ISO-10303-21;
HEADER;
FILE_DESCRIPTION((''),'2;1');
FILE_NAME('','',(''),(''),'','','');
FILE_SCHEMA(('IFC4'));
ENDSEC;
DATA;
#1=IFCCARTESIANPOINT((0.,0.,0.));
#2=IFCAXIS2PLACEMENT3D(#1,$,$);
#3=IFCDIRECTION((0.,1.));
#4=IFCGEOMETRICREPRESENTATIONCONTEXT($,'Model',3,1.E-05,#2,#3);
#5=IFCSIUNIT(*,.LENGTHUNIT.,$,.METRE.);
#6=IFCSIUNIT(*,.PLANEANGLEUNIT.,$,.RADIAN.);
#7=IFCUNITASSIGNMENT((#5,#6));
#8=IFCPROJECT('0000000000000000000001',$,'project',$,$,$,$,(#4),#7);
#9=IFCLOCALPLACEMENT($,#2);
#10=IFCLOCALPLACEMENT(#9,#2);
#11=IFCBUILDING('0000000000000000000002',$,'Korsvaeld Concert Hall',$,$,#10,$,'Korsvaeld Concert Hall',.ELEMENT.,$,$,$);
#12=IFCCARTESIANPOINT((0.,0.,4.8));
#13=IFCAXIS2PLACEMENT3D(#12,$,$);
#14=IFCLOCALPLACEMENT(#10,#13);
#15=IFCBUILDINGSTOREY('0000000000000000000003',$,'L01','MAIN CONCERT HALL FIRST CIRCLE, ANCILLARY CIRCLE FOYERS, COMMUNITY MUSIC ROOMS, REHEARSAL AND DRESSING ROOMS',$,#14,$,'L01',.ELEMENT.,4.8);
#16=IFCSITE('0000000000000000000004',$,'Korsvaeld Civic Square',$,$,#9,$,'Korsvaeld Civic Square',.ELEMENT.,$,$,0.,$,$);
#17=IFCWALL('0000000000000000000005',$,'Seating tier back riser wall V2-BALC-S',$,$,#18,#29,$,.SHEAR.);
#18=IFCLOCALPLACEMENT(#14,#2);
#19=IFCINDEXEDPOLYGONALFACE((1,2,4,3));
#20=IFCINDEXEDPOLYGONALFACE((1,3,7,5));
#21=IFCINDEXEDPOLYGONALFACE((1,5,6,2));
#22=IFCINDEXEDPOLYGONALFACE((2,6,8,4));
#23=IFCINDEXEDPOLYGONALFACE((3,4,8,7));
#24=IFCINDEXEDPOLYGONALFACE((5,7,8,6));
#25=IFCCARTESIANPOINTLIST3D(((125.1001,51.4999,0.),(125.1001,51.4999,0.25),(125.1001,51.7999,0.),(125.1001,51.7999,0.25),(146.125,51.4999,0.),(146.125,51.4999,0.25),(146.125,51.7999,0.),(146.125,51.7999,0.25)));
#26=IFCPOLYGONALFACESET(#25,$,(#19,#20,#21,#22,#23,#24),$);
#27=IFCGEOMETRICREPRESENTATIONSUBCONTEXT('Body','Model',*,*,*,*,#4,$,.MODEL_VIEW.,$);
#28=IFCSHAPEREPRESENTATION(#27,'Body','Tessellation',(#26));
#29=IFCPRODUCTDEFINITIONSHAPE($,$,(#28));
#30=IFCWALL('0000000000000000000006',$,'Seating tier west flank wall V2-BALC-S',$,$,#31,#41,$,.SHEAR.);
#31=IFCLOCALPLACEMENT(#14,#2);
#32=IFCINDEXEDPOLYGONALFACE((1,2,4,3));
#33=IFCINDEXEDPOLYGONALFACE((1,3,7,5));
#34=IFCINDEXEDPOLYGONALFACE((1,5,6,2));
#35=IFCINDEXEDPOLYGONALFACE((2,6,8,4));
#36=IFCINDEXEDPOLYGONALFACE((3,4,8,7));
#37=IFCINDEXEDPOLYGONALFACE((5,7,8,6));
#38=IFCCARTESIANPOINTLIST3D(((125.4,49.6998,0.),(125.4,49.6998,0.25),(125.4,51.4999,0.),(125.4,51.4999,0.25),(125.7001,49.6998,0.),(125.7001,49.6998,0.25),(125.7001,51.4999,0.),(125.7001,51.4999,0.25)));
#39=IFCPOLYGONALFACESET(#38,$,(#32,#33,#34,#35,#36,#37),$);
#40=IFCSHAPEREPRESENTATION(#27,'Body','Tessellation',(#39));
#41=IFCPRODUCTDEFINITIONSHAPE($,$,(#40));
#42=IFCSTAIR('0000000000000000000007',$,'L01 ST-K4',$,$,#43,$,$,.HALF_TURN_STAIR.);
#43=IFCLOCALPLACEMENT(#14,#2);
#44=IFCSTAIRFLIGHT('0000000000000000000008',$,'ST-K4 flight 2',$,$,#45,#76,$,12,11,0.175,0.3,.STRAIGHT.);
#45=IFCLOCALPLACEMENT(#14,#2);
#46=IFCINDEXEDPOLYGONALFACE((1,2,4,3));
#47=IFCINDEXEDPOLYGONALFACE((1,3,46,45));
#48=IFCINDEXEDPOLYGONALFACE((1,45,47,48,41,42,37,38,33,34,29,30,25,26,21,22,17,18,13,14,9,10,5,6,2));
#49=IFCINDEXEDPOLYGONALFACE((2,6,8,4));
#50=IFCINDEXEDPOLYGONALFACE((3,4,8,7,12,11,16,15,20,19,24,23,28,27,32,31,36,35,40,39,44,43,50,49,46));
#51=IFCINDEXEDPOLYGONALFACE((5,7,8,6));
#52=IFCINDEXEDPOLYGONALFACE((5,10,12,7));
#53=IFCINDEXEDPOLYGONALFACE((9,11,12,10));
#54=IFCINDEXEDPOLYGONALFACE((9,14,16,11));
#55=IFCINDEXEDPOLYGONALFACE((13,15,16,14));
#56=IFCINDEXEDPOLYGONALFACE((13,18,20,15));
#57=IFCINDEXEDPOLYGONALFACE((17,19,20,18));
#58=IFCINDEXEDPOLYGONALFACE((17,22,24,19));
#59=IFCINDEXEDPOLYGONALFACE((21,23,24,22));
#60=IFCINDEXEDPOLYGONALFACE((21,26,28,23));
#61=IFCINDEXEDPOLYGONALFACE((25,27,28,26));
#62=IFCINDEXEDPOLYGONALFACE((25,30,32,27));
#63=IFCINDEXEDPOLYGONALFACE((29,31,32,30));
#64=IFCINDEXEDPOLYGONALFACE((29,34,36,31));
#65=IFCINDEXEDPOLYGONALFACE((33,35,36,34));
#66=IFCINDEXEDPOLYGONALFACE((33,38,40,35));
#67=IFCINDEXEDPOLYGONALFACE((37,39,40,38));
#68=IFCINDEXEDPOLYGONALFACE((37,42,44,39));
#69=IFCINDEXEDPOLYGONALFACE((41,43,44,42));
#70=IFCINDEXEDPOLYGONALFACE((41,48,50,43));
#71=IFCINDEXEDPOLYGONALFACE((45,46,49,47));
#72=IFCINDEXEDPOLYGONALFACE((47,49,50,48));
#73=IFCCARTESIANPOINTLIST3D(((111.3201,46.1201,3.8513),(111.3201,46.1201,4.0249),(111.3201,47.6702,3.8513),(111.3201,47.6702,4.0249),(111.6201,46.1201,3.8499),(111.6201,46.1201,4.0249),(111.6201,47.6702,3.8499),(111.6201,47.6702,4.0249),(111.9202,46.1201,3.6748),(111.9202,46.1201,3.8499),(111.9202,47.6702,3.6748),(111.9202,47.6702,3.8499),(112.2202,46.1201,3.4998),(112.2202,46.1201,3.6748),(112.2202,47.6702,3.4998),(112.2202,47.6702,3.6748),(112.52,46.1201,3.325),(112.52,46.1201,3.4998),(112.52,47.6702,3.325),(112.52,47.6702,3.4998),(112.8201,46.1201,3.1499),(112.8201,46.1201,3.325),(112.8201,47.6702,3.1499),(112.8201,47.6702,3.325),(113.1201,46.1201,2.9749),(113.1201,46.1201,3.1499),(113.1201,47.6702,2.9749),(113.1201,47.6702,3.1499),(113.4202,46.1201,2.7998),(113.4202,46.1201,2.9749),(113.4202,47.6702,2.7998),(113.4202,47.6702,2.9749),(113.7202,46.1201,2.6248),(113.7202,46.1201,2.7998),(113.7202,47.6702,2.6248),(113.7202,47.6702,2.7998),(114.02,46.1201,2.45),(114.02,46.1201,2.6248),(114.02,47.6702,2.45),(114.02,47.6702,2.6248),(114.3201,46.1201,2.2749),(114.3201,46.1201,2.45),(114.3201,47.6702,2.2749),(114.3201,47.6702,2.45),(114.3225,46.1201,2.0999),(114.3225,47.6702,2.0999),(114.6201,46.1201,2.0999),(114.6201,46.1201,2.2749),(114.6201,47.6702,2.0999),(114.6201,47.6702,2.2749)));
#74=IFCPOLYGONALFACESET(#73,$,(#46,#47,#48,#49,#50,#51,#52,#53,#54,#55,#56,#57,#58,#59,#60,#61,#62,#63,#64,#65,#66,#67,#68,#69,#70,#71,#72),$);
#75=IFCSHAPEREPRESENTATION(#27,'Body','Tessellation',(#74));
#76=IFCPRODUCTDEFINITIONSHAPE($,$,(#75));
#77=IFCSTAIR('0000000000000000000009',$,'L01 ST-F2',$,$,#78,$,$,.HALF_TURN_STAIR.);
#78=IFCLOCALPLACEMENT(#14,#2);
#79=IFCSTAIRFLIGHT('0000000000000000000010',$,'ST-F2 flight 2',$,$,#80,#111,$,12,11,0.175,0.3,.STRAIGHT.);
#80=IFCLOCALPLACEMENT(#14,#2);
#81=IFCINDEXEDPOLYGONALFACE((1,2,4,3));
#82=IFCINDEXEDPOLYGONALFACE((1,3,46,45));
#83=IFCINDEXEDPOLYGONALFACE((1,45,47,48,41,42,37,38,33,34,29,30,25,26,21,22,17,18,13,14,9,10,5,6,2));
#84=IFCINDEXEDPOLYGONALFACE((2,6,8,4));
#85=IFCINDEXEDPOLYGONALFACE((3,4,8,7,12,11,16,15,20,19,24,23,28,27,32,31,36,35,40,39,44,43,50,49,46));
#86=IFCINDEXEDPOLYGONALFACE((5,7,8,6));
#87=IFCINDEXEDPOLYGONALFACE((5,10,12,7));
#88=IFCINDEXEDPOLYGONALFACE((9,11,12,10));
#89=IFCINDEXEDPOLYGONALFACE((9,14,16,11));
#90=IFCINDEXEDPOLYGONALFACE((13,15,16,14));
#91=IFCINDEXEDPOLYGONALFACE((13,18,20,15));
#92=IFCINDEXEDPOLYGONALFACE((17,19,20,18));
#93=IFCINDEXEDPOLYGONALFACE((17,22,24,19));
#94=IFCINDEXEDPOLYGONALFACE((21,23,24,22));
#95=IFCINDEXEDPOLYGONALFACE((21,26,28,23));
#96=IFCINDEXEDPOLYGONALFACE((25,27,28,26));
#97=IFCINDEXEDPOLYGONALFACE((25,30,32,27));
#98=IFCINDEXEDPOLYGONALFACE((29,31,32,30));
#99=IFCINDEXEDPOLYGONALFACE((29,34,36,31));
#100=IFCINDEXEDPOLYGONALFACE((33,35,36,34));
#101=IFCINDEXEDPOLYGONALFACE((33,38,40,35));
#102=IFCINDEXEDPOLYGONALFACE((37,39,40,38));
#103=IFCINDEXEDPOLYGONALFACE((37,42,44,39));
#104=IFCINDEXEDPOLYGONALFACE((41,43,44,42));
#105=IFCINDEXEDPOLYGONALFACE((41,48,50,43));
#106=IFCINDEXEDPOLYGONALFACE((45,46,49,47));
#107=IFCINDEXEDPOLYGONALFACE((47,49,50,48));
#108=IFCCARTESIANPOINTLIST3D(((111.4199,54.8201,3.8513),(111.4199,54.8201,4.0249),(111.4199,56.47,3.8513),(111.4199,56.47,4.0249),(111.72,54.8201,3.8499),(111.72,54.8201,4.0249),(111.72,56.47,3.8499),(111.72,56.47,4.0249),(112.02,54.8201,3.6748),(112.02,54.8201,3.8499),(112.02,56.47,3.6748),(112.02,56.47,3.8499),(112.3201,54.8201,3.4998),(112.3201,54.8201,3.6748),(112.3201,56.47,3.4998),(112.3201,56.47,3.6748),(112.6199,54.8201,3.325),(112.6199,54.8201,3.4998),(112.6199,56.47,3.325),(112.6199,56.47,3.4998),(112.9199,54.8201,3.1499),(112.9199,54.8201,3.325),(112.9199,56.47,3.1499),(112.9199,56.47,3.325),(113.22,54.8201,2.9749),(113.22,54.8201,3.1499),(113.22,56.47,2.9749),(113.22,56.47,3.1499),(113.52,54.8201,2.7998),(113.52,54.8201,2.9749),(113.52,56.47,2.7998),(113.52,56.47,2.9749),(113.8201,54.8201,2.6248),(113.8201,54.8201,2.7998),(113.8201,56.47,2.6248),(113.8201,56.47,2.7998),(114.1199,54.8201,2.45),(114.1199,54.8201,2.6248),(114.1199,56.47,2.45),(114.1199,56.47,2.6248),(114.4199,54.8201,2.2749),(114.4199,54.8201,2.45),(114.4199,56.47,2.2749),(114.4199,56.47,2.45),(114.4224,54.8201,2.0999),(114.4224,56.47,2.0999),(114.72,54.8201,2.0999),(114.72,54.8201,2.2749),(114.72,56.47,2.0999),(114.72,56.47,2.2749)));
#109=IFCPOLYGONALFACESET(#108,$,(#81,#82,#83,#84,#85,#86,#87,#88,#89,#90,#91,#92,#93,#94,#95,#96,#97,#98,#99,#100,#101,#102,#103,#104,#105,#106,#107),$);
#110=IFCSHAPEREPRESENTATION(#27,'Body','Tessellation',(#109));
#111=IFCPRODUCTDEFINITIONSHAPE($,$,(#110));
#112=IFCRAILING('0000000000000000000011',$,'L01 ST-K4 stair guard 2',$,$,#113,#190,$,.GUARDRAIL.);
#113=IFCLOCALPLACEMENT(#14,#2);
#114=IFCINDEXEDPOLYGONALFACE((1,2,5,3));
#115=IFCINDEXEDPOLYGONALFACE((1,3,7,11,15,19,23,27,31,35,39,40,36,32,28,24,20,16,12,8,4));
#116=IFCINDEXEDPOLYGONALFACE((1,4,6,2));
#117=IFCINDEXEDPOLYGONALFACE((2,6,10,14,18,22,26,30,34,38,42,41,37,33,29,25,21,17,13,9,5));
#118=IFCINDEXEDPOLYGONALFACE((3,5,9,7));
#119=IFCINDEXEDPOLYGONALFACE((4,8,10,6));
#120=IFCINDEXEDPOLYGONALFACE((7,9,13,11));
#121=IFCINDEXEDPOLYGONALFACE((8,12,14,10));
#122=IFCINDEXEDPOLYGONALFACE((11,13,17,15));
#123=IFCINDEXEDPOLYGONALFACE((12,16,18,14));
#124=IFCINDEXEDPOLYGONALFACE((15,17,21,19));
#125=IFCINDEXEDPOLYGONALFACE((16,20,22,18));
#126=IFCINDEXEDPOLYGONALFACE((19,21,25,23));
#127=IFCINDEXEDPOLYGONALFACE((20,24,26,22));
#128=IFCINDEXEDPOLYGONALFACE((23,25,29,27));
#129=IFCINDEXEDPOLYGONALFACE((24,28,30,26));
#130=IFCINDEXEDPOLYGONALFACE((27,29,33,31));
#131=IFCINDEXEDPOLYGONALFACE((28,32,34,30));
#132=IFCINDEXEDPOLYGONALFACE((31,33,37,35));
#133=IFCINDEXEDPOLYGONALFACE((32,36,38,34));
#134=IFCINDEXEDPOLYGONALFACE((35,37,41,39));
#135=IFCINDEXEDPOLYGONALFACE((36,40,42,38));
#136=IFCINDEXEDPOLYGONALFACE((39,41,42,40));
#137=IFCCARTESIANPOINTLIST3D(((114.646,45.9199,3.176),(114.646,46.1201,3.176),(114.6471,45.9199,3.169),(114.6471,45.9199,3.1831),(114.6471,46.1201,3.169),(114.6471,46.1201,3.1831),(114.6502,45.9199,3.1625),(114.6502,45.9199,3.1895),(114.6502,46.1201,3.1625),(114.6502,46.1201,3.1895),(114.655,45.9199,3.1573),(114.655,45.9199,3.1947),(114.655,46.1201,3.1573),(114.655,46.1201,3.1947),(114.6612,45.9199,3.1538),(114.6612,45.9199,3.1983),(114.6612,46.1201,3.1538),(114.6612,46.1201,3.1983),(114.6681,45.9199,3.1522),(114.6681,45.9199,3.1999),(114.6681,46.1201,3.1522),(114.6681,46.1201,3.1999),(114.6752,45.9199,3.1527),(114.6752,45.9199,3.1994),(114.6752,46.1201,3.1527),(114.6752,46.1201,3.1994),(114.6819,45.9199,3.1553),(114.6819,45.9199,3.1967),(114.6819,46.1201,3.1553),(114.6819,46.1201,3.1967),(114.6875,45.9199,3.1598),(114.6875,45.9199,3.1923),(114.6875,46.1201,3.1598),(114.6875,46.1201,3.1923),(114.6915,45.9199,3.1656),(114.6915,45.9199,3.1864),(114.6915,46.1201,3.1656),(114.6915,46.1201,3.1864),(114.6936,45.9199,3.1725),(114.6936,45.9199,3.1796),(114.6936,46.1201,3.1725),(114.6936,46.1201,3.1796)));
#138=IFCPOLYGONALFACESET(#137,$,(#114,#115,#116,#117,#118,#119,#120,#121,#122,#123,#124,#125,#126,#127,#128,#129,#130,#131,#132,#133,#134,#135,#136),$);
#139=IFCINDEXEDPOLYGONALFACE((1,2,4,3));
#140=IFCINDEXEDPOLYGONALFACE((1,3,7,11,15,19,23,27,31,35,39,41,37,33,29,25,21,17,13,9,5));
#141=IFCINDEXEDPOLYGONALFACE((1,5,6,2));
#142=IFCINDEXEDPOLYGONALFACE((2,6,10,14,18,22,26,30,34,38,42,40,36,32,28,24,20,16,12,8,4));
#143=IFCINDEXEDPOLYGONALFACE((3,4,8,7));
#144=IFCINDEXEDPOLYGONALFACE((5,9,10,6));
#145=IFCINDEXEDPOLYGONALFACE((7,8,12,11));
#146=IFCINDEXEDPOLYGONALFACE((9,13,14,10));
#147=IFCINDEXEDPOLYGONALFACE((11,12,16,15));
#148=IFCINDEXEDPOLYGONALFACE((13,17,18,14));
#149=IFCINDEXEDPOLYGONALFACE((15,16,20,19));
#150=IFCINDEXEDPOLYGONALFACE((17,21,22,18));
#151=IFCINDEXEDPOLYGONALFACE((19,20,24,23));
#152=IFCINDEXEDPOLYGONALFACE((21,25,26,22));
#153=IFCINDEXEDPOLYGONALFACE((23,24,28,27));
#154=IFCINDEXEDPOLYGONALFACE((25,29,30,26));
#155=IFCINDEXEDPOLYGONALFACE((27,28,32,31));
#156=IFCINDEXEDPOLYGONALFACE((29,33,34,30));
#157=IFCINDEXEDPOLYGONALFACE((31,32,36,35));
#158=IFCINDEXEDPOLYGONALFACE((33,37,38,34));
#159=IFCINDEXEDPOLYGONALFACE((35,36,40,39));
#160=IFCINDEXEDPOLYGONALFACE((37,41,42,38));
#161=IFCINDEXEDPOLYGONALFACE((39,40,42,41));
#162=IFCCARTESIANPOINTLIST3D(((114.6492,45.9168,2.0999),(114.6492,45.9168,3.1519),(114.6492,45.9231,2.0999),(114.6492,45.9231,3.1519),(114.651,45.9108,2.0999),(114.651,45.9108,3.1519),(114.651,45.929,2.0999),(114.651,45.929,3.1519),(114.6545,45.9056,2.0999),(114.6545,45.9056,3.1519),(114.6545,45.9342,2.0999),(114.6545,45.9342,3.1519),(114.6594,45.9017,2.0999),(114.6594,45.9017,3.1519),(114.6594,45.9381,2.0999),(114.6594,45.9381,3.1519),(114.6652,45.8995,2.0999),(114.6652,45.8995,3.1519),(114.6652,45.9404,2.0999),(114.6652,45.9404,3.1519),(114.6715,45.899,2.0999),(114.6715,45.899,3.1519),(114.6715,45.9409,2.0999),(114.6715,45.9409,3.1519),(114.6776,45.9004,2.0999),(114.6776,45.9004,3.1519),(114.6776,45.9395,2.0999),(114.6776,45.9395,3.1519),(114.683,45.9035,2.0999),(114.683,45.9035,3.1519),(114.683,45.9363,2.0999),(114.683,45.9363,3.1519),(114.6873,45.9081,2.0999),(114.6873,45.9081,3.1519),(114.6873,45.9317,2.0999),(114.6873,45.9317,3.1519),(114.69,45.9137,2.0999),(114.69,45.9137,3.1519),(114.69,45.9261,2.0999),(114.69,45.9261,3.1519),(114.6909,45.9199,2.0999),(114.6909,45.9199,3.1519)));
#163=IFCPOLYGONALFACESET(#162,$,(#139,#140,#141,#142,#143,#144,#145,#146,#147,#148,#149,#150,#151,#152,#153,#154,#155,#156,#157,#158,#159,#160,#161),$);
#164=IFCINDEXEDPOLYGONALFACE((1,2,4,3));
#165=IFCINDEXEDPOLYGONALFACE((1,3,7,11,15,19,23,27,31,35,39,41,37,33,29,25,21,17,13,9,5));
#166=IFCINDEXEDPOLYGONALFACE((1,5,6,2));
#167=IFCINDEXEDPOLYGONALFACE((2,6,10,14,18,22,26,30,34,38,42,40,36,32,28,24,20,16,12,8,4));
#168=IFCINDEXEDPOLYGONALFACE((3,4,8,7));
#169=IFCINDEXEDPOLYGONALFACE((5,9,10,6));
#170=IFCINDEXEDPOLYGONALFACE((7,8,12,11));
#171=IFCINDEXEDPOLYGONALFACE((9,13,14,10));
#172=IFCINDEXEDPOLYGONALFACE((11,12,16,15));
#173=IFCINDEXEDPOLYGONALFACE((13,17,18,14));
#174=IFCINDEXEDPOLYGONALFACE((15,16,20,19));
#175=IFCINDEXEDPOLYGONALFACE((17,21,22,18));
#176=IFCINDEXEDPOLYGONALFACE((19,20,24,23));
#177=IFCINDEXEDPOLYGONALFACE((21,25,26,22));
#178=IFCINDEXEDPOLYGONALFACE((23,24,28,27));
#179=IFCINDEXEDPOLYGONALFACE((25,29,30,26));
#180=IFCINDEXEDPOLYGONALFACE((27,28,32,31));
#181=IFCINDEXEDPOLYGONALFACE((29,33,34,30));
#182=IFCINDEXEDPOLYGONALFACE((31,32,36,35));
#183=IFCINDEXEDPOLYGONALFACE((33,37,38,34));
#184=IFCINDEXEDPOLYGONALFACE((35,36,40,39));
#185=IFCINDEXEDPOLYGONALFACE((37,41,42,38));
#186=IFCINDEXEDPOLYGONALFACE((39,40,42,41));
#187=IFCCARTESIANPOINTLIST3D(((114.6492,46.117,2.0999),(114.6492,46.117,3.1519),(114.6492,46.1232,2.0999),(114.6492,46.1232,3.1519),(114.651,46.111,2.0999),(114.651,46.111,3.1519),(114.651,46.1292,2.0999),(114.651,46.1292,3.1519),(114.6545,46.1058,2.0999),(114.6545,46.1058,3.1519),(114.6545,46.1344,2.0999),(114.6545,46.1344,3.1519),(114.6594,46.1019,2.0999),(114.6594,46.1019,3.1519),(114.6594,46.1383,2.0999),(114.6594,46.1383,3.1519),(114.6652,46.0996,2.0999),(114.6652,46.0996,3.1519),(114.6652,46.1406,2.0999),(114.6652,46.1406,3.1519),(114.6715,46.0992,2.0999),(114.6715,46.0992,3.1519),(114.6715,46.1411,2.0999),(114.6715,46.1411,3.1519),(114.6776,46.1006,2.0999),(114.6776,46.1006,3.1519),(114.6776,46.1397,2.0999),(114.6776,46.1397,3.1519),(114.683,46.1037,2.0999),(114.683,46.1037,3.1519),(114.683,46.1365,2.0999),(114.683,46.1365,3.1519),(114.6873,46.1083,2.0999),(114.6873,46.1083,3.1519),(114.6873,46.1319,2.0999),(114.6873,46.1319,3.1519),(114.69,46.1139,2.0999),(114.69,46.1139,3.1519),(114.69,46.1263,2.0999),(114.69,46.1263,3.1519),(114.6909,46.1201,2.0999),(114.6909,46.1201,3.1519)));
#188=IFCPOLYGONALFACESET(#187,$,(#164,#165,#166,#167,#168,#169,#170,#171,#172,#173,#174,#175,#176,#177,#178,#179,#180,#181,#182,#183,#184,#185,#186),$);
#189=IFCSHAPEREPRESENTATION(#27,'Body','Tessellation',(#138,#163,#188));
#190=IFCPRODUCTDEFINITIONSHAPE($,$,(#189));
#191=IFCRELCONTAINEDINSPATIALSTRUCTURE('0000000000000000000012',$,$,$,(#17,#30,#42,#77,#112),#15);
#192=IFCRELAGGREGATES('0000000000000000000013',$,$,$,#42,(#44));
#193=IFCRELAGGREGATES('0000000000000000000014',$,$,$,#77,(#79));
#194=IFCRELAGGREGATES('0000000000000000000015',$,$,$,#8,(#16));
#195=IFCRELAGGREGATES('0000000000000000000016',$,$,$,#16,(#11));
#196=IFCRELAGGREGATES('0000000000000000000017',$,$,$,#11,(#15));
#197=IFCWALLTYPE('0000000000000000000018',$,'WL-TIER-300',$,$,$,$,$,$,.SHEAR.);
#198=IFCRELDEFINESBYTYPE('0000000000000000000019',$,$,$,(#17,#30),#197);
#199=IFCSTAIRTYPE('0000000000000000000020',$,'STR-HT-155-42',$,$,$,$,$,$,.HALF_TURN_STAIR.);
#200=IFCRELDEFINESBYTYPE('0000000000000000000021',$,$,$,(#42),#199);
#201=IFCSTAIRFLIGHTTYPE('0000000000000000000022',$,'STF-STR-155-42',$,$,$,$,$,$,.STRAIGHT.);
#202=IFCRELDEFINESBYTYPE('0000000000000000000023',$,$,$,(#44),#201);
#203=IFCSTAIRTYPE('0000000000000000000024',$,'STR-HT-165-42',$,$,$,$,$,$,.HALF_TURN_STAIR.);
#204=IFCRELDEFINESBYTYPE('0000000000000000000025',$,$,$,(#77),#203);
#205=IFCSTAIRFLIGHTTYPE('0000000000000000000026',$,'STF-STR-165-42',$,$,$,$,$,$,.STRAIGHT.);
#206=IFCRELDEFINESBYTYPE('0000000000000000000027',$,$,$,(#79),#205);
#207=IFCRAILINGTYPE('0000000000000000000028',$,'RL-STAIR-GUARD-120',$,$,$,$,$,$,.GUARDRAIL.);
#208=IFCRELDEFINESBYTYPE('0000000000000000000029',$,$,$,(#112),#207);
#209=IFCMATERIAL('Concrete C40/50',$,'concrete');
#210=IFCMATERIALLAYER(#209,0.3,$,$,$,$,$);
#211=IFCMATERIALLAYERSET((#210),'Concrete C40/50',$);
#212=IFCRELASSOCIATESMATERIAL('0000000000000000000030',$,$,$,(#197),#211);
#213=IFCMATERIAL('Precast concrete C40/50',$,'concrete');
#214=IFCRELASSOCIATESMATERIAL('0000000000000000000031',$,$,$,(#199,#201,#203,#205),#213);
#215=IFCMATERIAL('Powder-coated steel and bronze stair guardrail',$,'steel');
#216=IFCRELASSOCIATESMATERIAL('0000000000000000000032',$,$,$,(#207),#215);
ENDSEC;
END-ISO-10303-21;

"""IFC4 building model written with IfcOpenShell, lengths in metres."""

from ifc_helpers import new_model, si_unit, direction, frame, frame_2d, origin, origin_2d, place, context, subcontext, project, spatial, polyline, rectangle, circle, outline, extrude, material, layer, layer_set, type_object, element, aggregate, save


model = new_model("IFC4")

# Units and contexts
model_context = context("Model", 3, precision=1e-05, world=origin(), true_north=direction((0.0, 1.0)))
body_context = subcontext(model_context, "Body", "Model", "MODEL_VIEW")
ifc_project = project(units=[si_unit("LENGTHUNIT", "METRE"), si_unit("PLANEANGLEUNIT", "RADIAN")], contexts=[model_context])

# Site, building, storey
site_placement = place(None, origin())
site = spatial("IfcSite", under=ifc_project, at=site_placement, Name="Korsvaeld Civic Square", LongName="Korsvaeld Civic Square", CompositionType="ELEMENT", RefElevation=0.0)
building_placement = place(site_placement, origin())
building = spatial("IfcBuilding", under=site, at=building_placement, Name="Korsvaeld Concert Hall", LongName="Korsvaeld Concert Hall", CompositionType="ELEMENT")
storey_placement = place(building_placement, frame((0.0, 0.0, 4.8)))
storey = spatial("IfcBuildingStorey", under=building, at=storey_placement, Name="L01", Description="MAIN CONCERT HALL FIRST CIRCLE, ANCILLARY CIRCLE FOYERS, COMMUNITY MUSIC ROOMS, REHEARSAL AND DRESSING ROOMS", LongName="L01", CompositionType="ELEMENT", Elevation=4.8)

# Shared definitions
ifc_material_1 = material(Name="Concrete C40/50", Category="concrete")

# Walls
ifc_layer_1 = layer(ifc_material_1, 0.3)
ifc_layer_set_1 = layer_set([ifc_layer_1], Name="Concrete C40/50")
wall_type_1 = type_object("IfcWallType", Name="WL-TIER-300", PredefinedType="SHEAR", material=ifc_layer_set_1)
wall_1_placement = place(storey_placement, frame((125.1001, 51.6499, 0.0), z_axis=(0.0, 0.0, 1.0), x_axis=(1.0, 0.0, 0.0)))
element("IfcWall", 1, at=wall_1_placement, inside=storey, type_object=wall_type_1, Name="Seating tier back riser wall V2-BALC-S", PredefinedType="SHEAR", context=body_context, shape_type="SweptSolid", body=[
    extrude(rectangle(XDim=21.0249, YDim=0.3, at=frame_2d((10.5125, 0.0))), origin(), (0.0, 0.0, 1.0), 0.25),
])
wall_2_placement = place(storey_placement, frame((125.55, 49.7, 0.0), z_axis=(0.0, 0.0, 1.0), x_axis=(0.0, 1.0, 0.0)))
element("IfcWall", 2, at=wall_2_placement, inside=storey, type_object=wall_type_1, Name="Seating tier west flank wall V2-BALC-S", PredefinedType="SHEAR", context=body_context, shape_type="SweptSolid", body=[
    extrude(rectangle(XDim=1.8, YDim=0.3, at=frame_2d((0.8999, 0.0))), origin(), (0.0, 0.0, 1.0), 0.25),
])

# Stairs, stair flights
ifc_material_2 = material(Name="Precast concrete C40/50", Category="concrete")
stair_type_1 = type_object("IfcStairType", Name="STR-HT-155-42", PredefinedType="HALF_TURN_STAIR", material=ifc_material_2)
stair_1_placement = place(storey_placement, origin())
stair_1 = element("IfcStair", 3, at=stair_1_placement, inside=storey, type_object=stair_type_1, Name="L01 ST-K4", PredefinedType="HALF_TURN_STAIR")
stair_flight_type_1 = type_object("IfcStairFlightType", Name="STF-STR-155-42", PredefinedType="STRAIGHT", material=ifc_material_2)
stair_flight_1_placement = place(storey_placement, frame((114.6201, 46.895, 2.0999), z_axis=(0.0, 0.0, 1.0), x_axis=(-1.0, 0.0, 0.0)))
stair_flight_1 = element("IfcStairFlight", 4, at=stair_flight_1_placement, type_object=stair_flight_type_1, Name="ST-K4 flight 2", NumberOfRisers=12, NumberOfTreads=11, PredefinedType="STRAIGHT", RiserHeight=0.175, TreadLength=0.3, context=body_context, shape_type="SweptSolid", body=[
    extrude(outline(polyline([(0.0, 0.0), (0.0, 0.175), (0.3, 0.175), (0.3, 0.3501), (0.6001, 0.3501), (0.6001, 0.5249), (0.8999, 0.5249), (0.8999, 0.7), (1.2, 0.7), (1.2, 0.875), (1.5, 0.875), (1.5, 1.05), (1.8, 1.05), (1.8, 1.2251), (2.1001, 1.2251), (2.1001, 1.3999), (2.3999, 1.3999), (2.3999, 1.575), (2.7, 1.575), (2.7, 1.75), (3.0, 1.75), (3.0, 1.925), (3.3, 1.925), (3.3, 2.1001), (3.3, 1.7515), (0.2976, 0.0), (0.0, 0.0)])), frame((0.0, 0.7749, 0.0), z_axis=(0.0, -1.0, 0.0), x_axis=(1.0, 0.0, 0.0)), (0.0, 0.0, 1.0), 1.55),
])
aggregate(stair_1, [stair_flight_1])
stair_type_2 = type_object("IfcStairType", Name="STR-HT-165-42", PredefinedType="HALF_TURN_STAIR", material=ifc_material_2)
stair_2_placement = place(storey_placement, origin())
stair_2 = element("IfcStair", 5, at=stair_2_placement, inside=storey, type_object=stair_type_2, Name="L01 ST-F2", PredefinedType="HALF_TURN_STAIR")
stair_flight_type_2 = type_object("IfcStairFlightType", Name="STF-STR-165-42", PredefinedType="STRAIGHT", material=ifc_material_2)
stair_flight_2_placement = place(storey_placement, frame((114.72, 55.645, 2.0999), z_axis=(0.0, 0.0, 1.0), x_axis=(-1.0, 0.0, 0.0)))
stair_flight_2 = element("IfcStairFlight", 6, at=stair_flight_2_placement, type_object=stair_flight_type_2, Name="ST-F2 flight 2", NumberOfRisers=12, NumberOfTreads=11, PredefinedType="STRAIGHT", RiserHeight=0.175, TreadLength=0.3, context=body_context, shape_type="SweptSolid", body=[
    extrude(outline(polyline([(0.0, 0.0), (0.0, 0.175), (0.3, 0.175), (0.3, 0.3501), (0.6001, 0.3501), (0.6001, 0.5249), (0.8999, 0.5249), (0.8999, 0.7), (1.2, 0.7), (1.2, 0.875), (1.5, 0.875), (1.5, 1.05), (1.8, 1.05), (1.8, 1.2251), (2.1001, 1.2251), (2.1001, 1.3999), (2.3999, 1.3999), (2.3999, 1.575), (2.7, 1.575), (2.7, 1.75), (3.0, 1.75), (3.0, 1.925), (3.3, 1.925), (3.3, 2.1001), (3.3, 1.7515), (0.2976, 0.0), (0.0, 0.0)])), frame((0.0, 0.825, 0.0), z_axis=(0.0, -1.0, 0.0), x_axis=(1.0, 0.0, 0.0)), (0.0, 0.0, 1.0), 1.6499),
])
aggregate(stair_2, [stair_flight_2])

# Railing
ifc_material_3 = material(Name="Powder-coated steel and bronze stair guardrail", Category="steel")
railing_type_1 = type_object("IfcRailingType", Name="RL-STAIR-GUARD-120", PredefinedType="GUARDRAIL", material=ifc_material_3)
railing_1_placement = place(storey_placement, frame((114.6699, 45.9199, 2.0999)))
element("IfcRailing", 7, at=railing_1_placement, inside=storey, type_object=railing_type_1, Name="L01 ST-K4 stair guard 2", PredefinedType="GUARDRAIL", context=body_context, shape_type="SweptSolid", body=[
    extrude(circle(Radius=0.0239, at=origin_2d()), frame((0.0, 0.0, 1.0762), z_axis=(0.0, 1.0, 0.0), x_axis=(-1.0, 0.0, 0.0)), (0.0, 0.0, 1.0), 0.2002),
    extrude(circle(Radius=0.021, at=origin_2d()), origin(), (0.0, 0.0, 1.0), 1.052),
    extrude(circle(Radius=0.021, at=origin_2d()), frame((0.0, 0.2002, 0.0)), (0.0, 0.0, 1.0), 1.052),
])

save(model, "model.ifc")
